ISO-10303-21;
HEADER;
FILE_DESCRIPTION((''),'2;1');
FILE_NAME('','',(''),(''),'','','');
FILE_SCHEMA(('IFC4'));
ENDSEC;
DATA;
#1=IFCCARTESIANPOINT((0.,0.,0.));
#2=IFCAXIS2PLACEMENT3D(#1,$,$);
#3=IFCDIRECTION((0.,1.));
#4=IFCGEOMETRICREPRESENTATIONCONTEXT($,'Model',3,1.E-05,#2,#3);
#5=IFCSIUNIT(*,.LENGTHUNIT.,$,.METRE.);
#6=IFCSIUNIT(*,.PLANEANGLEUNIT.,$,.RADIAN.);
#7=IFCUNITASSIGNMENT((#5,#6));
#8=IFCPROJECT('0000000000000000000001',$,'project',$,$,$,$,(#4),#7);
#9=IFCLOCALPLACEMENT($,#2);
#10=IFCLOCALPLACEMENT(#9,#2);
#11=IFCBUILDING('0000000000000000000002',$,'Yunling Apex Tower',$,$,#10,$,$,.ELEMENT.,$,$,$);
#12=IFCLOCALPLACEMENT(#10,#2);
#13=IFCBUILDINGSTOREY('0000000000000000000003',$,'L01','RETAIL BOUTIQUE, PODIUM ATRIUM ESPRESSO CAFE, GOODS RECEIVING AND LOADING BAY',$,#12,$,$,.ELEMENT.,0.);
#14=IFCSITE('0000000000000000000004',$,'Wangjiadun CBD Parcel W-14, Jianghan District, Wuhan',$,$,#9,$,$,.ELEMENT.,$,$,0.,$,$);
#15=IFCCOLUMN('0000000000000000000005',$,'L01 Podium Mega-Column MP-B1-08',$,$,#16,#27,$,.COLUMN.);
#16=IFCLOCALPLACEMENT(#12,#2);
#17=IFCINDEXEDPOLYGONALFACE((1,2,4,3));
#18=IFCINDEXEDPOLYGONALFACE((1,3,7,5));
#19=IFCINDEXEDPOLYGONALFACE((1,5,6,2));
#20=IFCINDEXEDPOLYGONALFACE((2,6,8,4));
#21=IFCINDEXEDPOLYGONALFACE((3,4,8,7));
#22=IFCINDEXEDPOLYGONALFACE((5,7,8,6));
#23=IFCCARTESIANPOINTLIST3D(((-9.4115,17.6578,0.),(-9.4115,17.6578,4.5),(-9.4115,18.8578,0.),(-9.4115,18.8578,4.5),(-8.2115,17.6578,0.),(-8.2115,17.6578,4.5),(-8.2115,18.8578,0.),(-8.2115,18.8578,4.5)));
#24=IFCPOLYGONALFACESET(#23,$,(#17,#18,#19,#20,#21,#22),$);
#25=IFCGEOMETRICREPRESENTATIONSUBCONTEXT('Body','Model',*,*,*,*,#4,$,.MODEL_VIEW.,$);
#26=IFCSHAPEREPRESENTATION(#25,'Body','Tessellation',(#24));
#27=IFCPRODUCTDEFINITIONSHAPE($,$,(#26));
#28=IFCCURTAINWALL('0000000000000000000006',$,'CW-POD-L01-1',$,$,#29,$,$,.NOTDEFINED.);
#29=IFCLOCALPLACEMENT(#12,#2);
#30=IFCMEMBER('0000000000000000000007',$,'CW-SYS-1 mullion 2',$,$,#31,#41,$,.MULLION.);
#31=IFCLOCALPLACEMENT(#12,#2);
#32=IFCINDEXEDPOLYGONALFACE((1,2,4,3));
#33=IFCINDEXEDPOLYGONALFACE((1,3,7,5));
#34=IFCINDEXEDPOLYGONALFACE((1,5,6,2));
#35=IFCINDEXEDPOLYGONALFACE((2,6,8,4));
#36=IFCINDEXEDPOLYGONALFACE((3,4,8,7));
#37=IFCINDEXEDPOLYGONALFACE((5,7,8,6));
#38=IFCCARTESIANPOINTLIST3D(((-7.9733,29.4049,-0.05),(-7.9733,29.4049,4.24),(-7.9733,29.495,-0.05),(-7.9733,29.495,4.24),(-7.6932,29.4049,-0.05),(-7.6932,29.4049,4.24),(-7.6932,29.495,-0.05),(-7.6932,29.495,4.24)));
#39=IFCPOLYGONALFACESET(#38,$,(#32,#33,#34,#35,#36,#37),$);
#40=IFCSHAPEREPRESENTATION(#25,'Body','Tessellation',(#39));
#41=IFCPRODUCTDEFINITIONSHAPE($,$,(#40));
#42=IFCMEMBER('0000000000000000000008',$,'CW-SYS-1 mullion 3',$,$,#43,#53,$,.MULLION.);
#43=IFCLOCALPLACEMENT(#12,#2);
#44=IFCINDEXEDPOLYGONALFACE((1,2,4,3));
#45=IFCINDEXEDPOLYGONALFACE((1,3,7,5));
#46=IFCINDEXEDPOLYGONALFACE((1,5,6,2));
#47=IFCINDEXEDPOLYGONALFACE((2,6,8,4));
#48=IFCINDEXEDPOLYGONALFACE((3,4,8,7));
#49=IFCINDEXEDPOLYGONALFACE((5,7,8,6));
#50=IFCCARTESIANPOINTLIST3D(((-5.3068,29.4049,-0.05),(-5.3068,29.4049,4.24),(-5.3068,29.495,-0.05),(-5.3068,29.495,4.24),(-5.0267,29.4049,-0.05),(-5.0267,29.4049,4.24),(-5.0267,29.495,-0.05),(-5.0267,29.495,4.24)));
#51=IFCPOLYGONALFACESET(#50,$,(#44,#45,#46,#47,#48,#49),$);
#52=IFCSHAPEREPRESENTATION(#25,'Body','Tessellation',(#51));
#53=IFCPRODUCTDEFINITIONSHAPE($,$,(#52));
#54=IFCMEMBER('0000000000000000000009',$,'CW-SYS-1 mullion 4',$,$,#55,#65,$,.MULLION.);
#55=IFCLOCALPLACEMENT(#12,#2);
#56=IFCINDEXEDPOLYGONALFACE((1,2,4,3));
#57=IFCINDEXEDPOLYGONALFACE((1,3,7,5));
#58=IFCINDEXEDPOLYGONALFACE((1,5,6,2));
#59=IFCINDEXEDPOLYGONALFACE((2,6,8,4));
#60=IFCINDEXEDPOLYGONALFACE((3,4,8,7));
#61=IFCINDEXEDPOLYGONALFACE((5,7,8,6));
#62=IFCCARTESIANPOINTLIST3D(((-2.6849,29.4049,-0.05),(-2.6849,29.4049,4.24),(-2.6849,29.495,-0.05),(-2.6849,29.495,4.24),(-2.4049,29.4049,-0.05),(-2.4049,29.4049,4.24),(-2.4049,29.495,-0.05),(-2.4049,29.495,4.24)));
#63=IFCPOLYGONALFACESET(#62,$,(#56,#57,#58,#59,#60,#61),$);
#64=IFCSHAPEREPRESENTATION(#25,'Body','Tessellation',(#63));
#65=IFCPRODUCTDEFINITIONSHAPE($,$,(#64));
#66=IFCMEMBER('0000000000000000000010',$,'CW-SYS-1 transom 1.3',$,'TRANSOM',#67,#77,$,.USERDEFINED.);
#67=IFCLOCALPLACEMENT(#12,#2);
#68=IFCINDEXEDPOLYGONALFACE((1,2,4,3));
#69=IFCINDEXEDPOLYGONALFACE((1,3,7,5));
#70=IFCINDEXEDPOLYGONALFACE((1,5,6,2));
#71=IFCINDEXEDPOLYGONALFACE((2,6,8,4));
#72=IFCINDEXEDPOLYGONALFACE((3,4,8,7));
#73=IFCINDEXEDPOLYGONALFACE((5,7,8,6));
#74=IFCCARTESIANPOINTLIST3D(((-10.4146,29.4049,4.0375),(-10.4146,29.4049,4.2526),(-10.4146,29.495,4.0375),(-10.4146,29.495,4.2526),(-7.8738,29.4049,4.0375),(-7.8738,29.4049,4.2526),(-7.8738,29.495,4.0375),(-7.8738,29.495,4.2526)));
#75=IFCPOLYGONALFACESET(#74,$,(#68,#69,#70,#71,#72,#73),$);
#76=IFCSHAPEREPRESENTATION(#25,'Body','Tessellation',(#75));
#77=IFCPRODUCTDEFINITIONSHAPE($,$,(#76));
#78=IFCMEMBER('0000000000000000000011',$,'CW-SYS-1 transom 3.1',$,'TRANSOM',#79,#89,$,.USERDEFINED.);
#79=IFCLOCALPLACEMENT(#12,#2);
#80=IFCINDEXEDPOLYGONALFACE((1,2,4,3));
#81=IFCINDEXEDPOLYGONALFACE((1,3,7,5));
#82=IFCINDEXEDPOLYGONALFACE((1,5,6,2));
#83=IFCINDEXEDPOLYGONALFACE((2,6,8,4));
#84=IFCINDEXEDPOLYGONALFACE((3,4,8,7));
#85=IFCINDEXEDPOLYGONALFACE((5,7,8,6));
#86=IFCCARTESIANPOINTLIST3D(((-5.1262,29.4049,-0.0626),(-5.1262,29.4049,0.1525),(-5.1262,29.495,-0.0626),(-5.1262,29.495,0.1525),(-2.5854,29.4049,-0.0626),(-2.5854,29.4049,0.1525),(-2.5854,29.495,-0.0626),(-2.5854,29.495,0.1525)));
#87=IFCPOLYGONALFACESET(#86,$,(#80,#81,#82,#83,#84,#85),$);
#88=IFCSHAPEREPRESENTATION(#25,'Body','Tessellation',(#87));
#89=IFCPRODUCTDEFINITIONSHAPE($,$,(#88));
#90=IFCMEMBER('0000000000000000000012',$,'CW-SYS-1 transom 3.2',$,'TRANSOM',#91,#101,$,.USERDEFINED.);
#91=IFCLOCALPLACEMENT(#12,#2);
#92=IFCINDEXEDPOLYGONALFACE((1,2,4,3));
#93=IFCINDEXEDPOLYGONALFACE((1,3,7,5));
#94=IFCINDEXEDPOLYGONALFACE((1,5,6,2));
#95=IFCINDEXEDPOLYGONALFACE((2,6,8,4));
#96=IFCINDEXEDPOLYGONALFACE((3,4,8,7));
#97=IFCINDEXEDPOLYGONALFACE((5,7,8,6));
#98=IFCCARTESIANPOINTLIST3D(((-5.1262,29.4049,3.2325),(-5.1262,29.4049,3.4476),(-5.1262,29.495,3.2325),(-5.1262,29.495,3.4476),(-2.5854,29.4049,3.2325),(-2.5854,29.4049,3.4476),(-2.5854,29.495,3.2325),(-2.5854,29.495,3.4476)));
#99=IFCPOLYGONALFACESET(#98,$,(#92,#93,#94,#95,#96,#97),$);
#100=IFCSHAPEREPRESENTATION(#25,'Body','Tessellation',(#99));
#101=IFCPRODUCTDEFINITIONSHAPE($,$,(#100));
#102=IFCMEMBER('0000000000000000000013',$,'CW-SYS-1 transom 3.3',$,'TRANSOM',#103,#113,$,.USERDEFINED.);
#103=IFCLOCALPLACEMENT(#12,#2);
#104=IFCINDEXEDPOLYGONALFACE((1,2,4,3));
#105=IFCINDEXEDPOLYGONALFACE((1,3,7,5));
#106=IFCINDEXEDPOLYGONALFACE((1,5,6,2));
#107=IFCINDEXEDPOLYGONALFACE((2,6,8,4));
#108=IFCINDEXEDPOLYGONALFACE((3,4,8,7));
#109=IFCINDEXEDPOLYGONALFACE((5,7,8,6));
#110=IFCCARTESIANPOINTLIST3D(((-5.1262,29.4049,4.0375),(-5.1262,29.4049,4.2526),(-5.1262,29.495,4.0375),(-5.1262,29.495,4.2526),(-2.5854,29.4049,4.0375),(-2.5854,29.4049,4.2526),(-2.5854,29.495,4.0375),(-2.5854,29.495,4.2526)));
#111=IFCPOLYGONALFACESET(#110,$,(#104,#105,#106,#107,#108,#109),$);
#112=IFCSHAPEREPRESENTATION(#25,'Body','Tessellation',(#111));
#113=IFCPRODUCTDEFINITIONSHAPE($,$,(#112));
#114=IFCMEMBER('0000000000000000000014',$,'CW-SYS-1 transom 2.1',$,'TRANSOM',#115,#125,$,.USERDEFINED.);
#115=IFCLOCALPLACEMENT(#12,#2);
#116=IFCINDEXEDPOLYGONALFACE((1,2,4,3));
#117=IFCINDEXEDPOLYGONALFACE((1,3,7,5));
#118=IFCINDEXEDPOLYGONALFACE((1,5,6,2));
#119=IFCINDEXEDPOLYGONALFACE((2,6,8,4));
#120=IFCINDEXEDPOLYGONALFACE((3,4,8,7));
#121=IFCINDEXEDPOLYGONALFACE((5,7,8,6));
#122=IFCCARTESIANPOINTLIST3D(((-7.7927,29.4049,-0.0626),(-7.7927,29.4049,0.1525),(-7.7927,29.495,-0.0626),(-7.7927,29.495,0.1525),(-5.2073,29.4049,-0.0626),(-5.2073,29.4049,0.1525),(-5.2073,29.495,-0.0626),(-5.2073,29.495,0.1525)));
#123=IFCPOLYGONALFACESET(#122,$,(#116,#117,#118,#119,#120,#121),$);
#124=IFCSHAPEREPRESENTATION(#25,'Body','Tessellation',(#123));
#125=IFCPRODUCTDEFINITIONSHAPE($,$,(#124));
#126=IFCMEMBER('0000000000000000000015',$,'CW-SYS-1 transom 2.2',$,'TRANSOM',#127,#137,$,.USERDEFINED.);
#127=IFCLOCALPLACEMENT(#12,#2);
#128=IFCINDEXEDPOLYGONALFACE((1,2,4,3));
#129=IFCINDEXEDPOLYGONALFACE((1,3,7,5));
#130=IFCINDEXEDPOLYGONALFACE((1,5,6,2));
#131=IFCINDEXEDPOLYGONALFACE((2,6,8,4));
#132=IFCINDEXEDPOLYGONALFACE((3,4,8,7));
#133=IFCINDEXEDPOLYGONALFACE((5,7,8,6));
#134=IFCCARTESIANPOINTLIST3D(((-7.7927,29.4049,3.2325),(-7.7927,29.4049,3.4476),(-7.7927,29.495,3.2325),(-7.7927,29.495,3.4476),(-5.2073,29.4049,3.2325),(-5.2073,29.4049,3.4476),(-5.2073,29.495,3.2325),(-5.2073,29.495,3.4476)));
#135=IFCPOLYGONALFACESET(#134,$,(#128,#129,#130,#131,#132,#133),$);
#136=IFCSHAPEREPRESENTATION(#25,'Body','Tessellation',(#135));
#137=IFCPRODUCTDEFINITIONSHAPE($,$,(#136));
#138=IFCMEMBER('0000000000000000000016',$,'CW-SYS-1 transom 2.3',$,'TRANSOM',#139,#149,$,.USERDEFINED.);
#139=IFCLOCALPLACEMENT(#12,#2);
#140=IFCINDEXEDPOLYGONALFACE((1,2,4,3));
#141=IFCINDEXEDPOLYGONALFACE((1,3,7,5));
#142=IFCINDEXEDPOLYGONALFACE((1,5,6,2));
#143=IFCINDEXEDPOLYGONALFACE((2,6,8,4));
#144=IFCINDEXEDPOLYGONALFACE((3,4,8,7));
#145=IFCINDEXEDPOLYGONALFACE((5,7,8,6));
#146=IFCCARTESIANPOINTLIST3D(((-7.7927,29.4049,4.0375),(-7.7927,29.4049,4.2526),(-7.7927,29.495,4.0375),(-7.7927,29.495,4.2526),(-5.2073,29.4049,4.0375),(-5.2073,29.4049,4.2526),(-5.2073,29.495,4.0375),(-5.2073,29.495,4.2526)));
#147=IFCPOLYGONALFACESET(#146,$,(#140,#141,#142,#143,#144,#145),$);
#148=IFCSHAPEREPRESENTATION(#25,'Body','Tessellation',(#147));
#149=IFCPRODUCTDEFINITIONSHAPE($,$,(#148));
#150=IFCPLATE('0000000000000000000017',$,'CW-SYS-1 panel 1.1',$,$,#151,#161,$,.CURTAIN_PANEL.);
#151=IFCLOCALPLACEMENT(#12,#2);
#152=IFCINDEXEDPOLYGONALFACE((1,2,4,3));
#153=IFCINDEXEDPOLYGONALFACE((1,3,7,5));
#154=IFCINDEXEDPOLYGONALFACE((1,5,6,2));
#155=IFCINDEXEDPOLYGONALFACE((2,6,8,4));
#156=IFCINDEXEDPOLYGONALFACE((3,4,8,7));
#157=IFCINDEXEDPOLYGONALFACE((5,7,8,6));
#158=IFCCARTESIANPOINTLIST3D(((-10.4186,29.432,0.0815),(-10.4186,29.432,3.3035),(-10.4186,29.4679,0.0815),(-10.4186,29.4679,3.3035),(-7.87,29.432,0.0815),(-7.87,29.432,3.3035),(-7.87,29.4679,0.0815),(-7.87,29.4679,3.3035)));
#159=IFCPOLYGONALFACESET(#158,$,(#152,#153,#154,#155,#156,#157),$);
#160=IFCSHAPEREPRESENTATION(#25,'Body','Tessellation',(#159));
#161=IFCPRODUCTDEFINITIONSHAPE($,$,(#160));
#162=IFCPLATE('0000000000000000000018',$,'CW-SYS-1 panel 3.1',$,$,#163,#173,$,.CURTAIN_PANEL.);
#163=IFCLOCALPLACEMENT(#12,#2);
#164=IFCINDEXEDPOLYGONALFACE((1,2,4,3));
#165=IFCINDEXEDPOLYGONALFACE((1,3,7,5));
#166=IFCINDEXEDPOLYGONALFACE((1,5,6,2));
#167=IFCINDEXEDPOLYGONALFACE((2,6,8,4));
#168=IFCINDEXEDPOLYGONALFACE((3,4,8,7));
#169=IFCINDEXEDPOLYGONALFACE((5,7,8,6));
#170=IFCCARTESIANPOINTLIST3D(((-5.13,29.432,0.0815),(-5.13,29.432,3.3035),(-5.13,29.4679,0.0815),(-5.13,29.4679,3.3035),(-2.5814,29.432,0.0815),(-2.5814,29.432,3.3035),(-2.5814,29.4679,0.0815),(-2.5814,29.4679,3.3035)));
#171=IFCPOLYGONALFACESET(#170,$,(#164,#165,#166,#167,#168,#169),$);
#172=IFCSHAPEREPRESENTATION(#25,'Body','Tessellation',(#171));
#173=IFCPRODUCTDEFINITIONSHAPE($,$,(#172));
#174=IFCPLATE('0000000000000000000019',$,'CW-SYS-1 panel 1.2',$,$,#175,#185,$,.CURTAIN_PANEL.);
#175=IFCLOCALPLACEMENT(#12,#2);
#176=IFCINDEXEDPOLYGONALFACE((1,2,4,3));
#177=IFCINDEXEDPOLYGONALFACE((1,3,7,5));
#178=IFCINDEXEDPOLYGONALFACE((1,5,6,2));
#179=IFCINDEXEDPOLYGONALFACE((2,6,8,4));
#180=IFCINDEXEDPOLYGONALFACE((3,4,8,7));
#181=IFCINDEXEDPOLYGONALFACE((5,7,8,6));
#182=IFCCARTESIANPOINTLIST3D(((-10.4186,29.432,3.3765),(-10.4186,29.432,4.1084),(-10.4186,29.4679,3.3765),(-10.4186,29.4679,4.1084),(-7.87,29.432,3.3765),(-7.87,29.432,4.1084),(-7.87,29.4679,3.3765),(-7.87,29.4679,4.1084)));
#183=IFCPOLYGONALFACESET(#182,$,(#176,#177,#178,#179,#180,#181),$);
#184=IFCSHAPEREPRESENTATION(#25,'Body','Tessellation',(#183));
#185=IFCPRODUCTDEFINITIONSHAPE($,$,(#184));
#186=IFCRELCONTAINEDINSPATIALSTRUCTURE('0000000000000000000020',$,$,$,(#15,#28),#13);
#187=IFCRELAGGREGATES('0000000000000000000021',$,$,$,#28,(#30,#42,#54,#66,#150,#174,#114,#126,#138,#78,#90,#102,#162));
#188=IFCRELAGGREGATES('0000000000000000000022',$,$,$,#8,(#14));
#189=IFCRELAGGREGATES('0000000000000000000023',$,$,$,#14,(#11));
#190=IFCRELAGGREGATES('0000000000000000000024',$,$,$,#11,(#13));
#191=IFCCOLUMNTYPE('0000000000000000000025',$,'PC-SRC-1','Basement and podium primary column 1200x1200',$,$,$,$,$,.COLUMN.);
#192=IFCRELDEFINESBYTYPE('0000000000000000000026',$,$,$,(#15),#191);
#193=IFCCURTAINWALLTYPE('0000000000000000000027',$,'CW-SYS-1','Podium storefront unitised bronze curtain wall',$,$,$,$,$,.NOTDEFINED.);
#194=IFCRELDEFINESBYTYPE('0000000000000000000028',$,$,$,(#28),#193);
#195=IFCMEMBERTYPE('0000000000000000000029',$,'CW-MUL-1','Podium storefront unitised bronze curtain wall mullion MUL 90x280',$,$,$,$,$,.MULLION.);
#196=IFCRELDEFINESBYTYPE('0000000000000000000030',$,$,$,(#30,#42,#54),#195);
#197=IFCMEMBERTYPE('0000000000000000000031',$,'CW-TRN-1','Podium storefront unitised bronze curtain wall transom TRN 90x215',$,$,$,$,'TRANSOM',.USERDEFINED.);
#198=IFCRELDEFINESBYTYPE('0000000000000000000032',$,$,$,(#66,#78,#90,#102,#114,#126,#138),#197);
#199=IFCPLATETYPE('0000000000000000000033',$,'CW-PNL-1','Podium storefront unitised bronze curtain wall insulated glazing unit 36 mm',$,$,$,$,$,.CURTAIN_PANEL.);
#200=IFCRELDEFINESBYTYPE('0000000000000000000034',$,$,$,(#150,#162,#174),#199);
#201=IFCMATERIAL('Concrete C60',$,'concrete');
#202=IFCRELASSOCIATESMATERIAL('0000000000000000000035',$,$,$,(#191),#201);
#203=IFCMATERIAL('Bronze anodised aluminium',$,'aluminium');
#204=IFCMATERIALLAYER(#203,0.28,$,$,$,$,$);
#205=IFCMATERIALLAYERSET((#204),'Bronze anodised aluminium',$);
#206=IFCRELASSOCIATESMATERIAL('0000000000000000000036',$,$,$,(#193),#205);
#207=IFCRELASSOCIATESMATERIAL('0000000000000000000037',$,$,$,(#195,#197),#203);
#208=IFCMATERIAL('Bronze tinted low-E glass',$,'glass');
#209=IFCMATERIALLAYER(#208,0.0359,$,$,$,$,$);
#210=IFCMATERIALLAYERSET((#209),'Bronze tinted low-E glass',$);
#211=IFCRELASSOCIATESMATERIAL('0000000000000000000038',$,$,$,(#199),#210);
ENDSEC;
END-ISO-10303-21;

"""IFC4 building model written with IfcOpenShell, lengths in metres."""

from ifc_helpers import new_model, si_unit, direction, frame, origin, origin_2d, place, context, subcontext, project, spatial, rectangle, extrude, source, transform, mapped, material, layer, layer_set, material_profile, profile_set, type_object, element, aggregate, save


model = new_model("IFC4")

# Units and contexts
model_context = context("Model", 3, precision=1e-05, world=origin(), true_north=direction((0.0, 1.0)))
body_context = subcontext(model_context, "Body", "Model", "MODEL_VIEW")
ifc_project = project(units=[si_unit("LENGTHUNIT", "METRE"), si_unit("PLANEANGLEUNIT", "RADIAN")], contexts=[model_context])

# Site, building, storey
site_placement = place(None, origin())
site = spatial("IfcSite", under=ifc_project, at=site_placement, Name="Wangjiadun CBD Parcel W-14, Jianghan District, Wuhan", CompositionType="ELEMENT", RefElevation=0.0)
building_placement = place(site_placement, origin())
building = spatial("IfcBuilding", under=site, at=building_placement, Name="Yunling Apex Tower", CompositionType="ELEMENT")
storey_placement = place(building_placement, origin())
storey = spatial("IfcBuildingStorey", under=building, at=storey_placement, Name="L01", Description="RETAIL BOUTIQUE, PODIUM ATRIUM ESPRESSO CAFE, GOODS RECEIVING AND LOADING BAY", CompositionType="ELEMENT", Elevation=0.0)

# Column
ifc_material_1 = material(Name="Concrete C60", Category="concrete")
ifc_material_profile_1 = material_profile(ifc_material_1, rectangle(XDim=1.2, YDim=1.2, at=origin_2d()))
ifc_profile_set_1 = profile_set([ifc_material_profile_1], Name="Concrete C60")
column_type = type_object("IfcColumnType", Name="PC-SRC-1", Description="Basement and podium primary column 1200x1200", PredefinedType="COLUMN", material=ifc_profile_set_1)
shared_shape_1 = source(origin(), body_context, "Body", "SweptSolid", [
    extrude(rectangle(XDim=1.2, YDim=1.2, at=origin_2d()), origin(), (0.0, 0.0, 1.0), 4.5),
])
column_placement = place(storey_placement, frame((-8.8115, 18.2578, 0.0), z_axis=(0.0, 0.0, 1.0), x_axis=(1.0, 0.0, 0.0)))
element("IfcColumn", 1, at=column_placement, inside=storey, type_object=column_type, Name="L01 Podium Mega-Column MP-B1-08", PredefinedType="COLUMN", context=body_context, shape_type="MappedRepresentation", body=[
    mapped(shared_shape_1, transform((0.0, 0.0, 0.0), scale=1.0)),
])

# Curtain wall, members, plates
ifc_material_2 = material(Name="Bronze anodised aluminium", Category="aluminium")
ifc_layer_1 = layer(ifc_material_2, 0.28)
ifc_layer_set_1 = layer_set([ifc_layer_1], Name="Bronze anodised aluminium")
curtain_wall_type = type_object("IfcCurtainWallType", Name="CW-SYS-1", Description="Podium storefront unitised bronze curtain wall", PredefinedType="NOTDEFINED", material=ifc_layer_set_1)
curtain_wall_placement = place(storey_placement, origin())
curtain_wall = element("IfcCurtainWall", 2, at=curtain_wall_placement, inside=storey, type_object=curtain_wall_type, Name="CW-POD-L01-1", PredefinedType="NOTDEFINED")
ifc_material_profile_2 = material_profile(ifc_material_2, rectangle(XDim=0.0901, YDim=0.28, at=origin_2d()))
ifc_profile_set_2 = profile_set([ifc_material_profile_2], Name="Bronze anodised aluminium")
member_type_1 = type_object("IfcMemberType", Name="CW-MUL-1", Description="Podium storefront unitised bronze curtain wall mullion MUL 90x280", PredefinedType="MULLION", material=ifc_profile_set_2)
shared_shape_2 = source(origin(), body_context, "Body", "SweptSolid", [
    extrude(rectangle(XDim=0.0901, YDim=0.28, at=origin_2d()), origin(), (0.0, 0.0, 1.0), 4.29),
])
member_1_placement = place(storey_placement, frame((-7.8333, 29.45, -0.05), z_axis=(0.0, 0.0, 1.0), x_axis=(0.0, 1.0, 0.0)))
member_1 = element("IfcMember", 3, at=member_1_placement, type_object=member_type_1, Name="CW-SYS-1 mullion 2", PredefinedType="MULLION", context=body_context, shape_type="MappedRepresentation", body=[
    mapped(shared_shape_2, transform((0.0, 0.0, 0.0), scale=1.0)),
])
member_2_placement = place(storey_placement, frame((-5.1667, 29.45, -0.05), z_axis=(0.0, 0.0, 1.0), x_axis=(0.0, 1.0, 0.0)))
member_2 = element("IfcMember", 4, at=member_2_placement, type_object=member_type_1, Name="CW-SYS-1 mullion 3", PredefinedType="MULLION", context=body_context, shape_type="MappedRepresentation", body=[
    mapped(shared_shape_2, transform((0.0, 0.0, 0.0), scale=1.0)),
])
member_3_placement = place(storey_placement, frame((-2.5449, 29.45, -0.05), z_axis=(0.0, 0.0, 1.0), x_axis=(0.0, 1.0, 0.0)))
member_3 = element("IfcMember", 5, at=member_3_placement, type_object=member_type_1, Name="CW-SYS-1 mullion 4", PredefinedType="MULLION", context=body_context, shape_type="MappedRepresentation", body=[
    mapped(shared_shape_2, transform((0.0, 0.0, 0.0), scale=1.0)),
])
ifc_material_profile_3 = material_profile(ifc_material_2, rectangle(XDim=0.0901, YDim=0.2151, at=origin_2d()))
ifc_profile_set_3 = profile_set([ifc_material_profile_3], Name="Bronze anodised aluminium")
member_type_2 = type_object("IfcMemberType", Name="CW-TRN-1", Description="Podium storefront unitised bronze curtain wall transom TRN 90x215", ElementType="TRANSOM", PredefinedType="USERDEFINED", material=ifc_profile_set_3)
shared_shape_3 = source(origin(), body_context, "Body", "SweptSolid", [
    extrude(rectangle(XDim=0.0901, YDim=0.2151, at=origin_2d()), origin(), (0.0, 0.0, 1.0), 2.5408),
])
member_4_placement = place(storey_placement, frame((-10.4146, 29.45, 4.145), z_axis=(1.0, 0.0, 0.0), x_axis=(0.0, 1.0, 0.0)))
member_4 = element("IfcMember", 6, at=member_4_placement, type_object=member_type_2, Name="CW-SYS-1 transom 1.3", ObjectType="TRANSOM", PredefinedType="USERDEFINED", context=body_context, shape_type="MappedRepresentation", body=[
    mapped(shared_shape_3, transform((0.0, 0.0, 0.0), scale=1.0)),
])
member_5_placement = place(storey_placement, frame((-5.1262, 29.45, 0.0449), z_axis=(1.0, 0.0, 0.0), x_axis=(0.0, 1.0, 0.0)))
member_5 = element("IfcMember", 7, at=member_5_placement, type_object=member_type_2, Name="CW-SYS-1 transom 3.1", ObjectType="TRANSOM", PredefinedType="USERDEFINED", context=body_context, shape_type="MappedRepresentation", body=[
    mapped(shared_shape_3, transform((0.0, 0.0, 0.0), scale=1.0)),
])
member_6_placement = place(storey_placement, frame((-5.1262, 29.45, 3.3401), z_axis=(1.0, 0.0, 0.0), x_axis=(0.0, 1.0, 0.0)))
member_6 = element("IfcMember", 8, at=member_6_placement, type_object=member_type_2, Name="CW-SYS-1 transom 3.2", ObjectType="TRANSOM", PredefinedType="USERDEFINED", context=body_context, shape_type="MappedRepresentation", body=[
    mapped(shared_shape_3, transform((0.0, 0.0, 0.0), scale=1.0)),
])
member_7_placement = place(storey_placement, frame((-5.1262, 29.45, 4.145), z_axis=(1.0, 0.0, 0.0), x_axis=(0.0, 1.0, 0.0)))
member_7 = element("IfcMember", 9, at=member_7_placement, type_object=member_type_2, Name="CW-SYS-1 transom 3.3", ObjectType="TRANSOM", PredefinedType="USERDEFINED", context=body_context, shape_type="MappedRepresentation", body=[
    mapped(shared_shape_3, transform((0.0, 0.0, 0.0), scale=1.0)),
])
shared_shape_4 = source(origin(), body_context, "Body", "SweptSolid", [
    extrude(rectangle(XDim=0.0901, YDim=0.2151, at=origin_2d()), origin(), (0.0, 0.0, 1.0), 2.5854),
])
member_8_placement = place(storey_placement, frame((-7.7927, 29.45, 0.0449), z_axis=(1.0, 0.0, 0.0), x_axis=(0.0, 1.0, 0.0)))
member_8 = element("IfcMember", 10, at=member_8_placement, type_object=member_type_2, Name="CW-SYS-1 transom 2.1", ObjectType="TRANSOM", PredefinedType="USERDEFINED", context=body_context, shape_type="MappedRepresentation", body=[
    mapped(shared_shape_4, transform((0.0, 0.0, 0.0), scale=1.0)),
])
member_9_placement = place(storey_placement, frame((-7.7927, 29.45, 3.3401), z_axis=(1.0, 0.0, 0.0), x_axis=(0.0, 1.0, 0.0)))
member_9 = element("IfcMember", 11, at=member_9_placement, type_object=member_type_2, Name="CW-SYS-1 transom 2.2", ObjectType="TRANSOM", PredefinedType="USERDEFINED", context=body_context, shape_type="MappedRepresentation", body=[
    mapped(shared_shape_4, transform((0.0, 0.0, 0.0), scale=1.0)),
])
member_10_placement = place(storey_placement, frame((-7.7927, 29.45, 4.145), z_axis=(1.0, 0.0, 0.0), x_axis=(0.0, 1.0, 0.0)))
member_10 = element("IfcMember", 12, at=member_10_placement, type_object=member_type_2, Name="CW-SYS-1 transom 2.3", ObjectType="TRANSOM", PredefinedType="USERDEFINED", context=body_context, shape_type="MappedRepresentation", body=[
    mapped(shared_shape_4, transform((0.0, 0.0, 0.0), scale=1.0)),
])
ifc_material_3 = material(Name="Bronze tinted low-E glass", Category="glass")
ifc_layer_2 = layer(ifc_material_3, 0.0359)
ifc_layer_set_2 = layer_set([ifc_layer_2], Name="Bronze tinted low-E glass")
plate_type = type_object("IfcPlateType", Name="CW-PNL-1", Description="Podium storefront unitised bronze curtain wall insulated glazing unit 36 mm", PredefinedType="CURTAIN_PANEL", material=ifc_layer_set_2)
shared_shape_5 = source(origin(), body_context, "Body", "SweptSolid", [
    extrude(rectangle(XDim=2.5486, YDim=0.0359, at=origin_2d()), origin(), (0.0, 0.0, 1.0), 3.2219),
])
plate_1_placement = place(storey_placement, frame((-9.1443, 29.45, 0.0815), z_axis=(0.0, 0.0, 1.0), x_axis=(1.0, 0.0, 0.0)))
plate_1 = element("IfcPlate", 13, at=plate_1_placement, type_object=plate_type, Name="CW-SYS-1 panel 1.1", PredefinedType="CURTAIN_PANEL", context=body_context, shape_type="MappedRepresentation", body=[
    mapped(shared_shape_5, transform((0.0, 0.0, 0.0), scale=1.0)),
])
plate_2_placement = place(storey_placement, frame((-3.8557, 29.45, 0.0815), z_axis=(0.0, 0.0, 1.0), x_axis=(1.0, 0.0, 0.0)))
plate_2 = element("IfcPlate", 14, at=plate_2_placement, type_object=plate_type, Name="CW-SYS-1 panel 3.1", PredefinedType="CURTAIN_PANEL", context=body_context, shape_type="MappedRepresentation", body=[
    mapped(shared_shape_5, transform((0.0, 0.0, 0.0), scale=1.0)),
])
shared_shape_6 = source(origin(), body_context, "Body", "SweptSolid", [
    extrude(rectangle(XDim=2.5486, YDim=0.0359, at=origin_2d()), origin(), (0.0, 0.0, 1.0), 0.7319),
])
plate_3_placement = place(storey_placement, frame((-9.1443, 29.45, 3.3765), z_axis=(0.0, 0.0, 1.0), x_axis=(1.0, 0.0, 0.0)))
plate_3 = element("IfcPlate", 15, at=plate_3_placement, type_object=plate_type, Name="CW-SYS-1 panel 1.2", PredefinedType="CURTAIN_PANEL", context=body_context, shape_type="MappedRepresentation", body=[
    mapped(shared_shape_6, transform((0.0, 0.0, 0.0), scale=1.0)),
])
aggregate(curtain_wall, [member_1, member_2, member_3, member_4, plate_1, plate_3, member_8, member_9, member_10, member_5, member_6, member_7, plate_2])

save(model, "model.ifc")
